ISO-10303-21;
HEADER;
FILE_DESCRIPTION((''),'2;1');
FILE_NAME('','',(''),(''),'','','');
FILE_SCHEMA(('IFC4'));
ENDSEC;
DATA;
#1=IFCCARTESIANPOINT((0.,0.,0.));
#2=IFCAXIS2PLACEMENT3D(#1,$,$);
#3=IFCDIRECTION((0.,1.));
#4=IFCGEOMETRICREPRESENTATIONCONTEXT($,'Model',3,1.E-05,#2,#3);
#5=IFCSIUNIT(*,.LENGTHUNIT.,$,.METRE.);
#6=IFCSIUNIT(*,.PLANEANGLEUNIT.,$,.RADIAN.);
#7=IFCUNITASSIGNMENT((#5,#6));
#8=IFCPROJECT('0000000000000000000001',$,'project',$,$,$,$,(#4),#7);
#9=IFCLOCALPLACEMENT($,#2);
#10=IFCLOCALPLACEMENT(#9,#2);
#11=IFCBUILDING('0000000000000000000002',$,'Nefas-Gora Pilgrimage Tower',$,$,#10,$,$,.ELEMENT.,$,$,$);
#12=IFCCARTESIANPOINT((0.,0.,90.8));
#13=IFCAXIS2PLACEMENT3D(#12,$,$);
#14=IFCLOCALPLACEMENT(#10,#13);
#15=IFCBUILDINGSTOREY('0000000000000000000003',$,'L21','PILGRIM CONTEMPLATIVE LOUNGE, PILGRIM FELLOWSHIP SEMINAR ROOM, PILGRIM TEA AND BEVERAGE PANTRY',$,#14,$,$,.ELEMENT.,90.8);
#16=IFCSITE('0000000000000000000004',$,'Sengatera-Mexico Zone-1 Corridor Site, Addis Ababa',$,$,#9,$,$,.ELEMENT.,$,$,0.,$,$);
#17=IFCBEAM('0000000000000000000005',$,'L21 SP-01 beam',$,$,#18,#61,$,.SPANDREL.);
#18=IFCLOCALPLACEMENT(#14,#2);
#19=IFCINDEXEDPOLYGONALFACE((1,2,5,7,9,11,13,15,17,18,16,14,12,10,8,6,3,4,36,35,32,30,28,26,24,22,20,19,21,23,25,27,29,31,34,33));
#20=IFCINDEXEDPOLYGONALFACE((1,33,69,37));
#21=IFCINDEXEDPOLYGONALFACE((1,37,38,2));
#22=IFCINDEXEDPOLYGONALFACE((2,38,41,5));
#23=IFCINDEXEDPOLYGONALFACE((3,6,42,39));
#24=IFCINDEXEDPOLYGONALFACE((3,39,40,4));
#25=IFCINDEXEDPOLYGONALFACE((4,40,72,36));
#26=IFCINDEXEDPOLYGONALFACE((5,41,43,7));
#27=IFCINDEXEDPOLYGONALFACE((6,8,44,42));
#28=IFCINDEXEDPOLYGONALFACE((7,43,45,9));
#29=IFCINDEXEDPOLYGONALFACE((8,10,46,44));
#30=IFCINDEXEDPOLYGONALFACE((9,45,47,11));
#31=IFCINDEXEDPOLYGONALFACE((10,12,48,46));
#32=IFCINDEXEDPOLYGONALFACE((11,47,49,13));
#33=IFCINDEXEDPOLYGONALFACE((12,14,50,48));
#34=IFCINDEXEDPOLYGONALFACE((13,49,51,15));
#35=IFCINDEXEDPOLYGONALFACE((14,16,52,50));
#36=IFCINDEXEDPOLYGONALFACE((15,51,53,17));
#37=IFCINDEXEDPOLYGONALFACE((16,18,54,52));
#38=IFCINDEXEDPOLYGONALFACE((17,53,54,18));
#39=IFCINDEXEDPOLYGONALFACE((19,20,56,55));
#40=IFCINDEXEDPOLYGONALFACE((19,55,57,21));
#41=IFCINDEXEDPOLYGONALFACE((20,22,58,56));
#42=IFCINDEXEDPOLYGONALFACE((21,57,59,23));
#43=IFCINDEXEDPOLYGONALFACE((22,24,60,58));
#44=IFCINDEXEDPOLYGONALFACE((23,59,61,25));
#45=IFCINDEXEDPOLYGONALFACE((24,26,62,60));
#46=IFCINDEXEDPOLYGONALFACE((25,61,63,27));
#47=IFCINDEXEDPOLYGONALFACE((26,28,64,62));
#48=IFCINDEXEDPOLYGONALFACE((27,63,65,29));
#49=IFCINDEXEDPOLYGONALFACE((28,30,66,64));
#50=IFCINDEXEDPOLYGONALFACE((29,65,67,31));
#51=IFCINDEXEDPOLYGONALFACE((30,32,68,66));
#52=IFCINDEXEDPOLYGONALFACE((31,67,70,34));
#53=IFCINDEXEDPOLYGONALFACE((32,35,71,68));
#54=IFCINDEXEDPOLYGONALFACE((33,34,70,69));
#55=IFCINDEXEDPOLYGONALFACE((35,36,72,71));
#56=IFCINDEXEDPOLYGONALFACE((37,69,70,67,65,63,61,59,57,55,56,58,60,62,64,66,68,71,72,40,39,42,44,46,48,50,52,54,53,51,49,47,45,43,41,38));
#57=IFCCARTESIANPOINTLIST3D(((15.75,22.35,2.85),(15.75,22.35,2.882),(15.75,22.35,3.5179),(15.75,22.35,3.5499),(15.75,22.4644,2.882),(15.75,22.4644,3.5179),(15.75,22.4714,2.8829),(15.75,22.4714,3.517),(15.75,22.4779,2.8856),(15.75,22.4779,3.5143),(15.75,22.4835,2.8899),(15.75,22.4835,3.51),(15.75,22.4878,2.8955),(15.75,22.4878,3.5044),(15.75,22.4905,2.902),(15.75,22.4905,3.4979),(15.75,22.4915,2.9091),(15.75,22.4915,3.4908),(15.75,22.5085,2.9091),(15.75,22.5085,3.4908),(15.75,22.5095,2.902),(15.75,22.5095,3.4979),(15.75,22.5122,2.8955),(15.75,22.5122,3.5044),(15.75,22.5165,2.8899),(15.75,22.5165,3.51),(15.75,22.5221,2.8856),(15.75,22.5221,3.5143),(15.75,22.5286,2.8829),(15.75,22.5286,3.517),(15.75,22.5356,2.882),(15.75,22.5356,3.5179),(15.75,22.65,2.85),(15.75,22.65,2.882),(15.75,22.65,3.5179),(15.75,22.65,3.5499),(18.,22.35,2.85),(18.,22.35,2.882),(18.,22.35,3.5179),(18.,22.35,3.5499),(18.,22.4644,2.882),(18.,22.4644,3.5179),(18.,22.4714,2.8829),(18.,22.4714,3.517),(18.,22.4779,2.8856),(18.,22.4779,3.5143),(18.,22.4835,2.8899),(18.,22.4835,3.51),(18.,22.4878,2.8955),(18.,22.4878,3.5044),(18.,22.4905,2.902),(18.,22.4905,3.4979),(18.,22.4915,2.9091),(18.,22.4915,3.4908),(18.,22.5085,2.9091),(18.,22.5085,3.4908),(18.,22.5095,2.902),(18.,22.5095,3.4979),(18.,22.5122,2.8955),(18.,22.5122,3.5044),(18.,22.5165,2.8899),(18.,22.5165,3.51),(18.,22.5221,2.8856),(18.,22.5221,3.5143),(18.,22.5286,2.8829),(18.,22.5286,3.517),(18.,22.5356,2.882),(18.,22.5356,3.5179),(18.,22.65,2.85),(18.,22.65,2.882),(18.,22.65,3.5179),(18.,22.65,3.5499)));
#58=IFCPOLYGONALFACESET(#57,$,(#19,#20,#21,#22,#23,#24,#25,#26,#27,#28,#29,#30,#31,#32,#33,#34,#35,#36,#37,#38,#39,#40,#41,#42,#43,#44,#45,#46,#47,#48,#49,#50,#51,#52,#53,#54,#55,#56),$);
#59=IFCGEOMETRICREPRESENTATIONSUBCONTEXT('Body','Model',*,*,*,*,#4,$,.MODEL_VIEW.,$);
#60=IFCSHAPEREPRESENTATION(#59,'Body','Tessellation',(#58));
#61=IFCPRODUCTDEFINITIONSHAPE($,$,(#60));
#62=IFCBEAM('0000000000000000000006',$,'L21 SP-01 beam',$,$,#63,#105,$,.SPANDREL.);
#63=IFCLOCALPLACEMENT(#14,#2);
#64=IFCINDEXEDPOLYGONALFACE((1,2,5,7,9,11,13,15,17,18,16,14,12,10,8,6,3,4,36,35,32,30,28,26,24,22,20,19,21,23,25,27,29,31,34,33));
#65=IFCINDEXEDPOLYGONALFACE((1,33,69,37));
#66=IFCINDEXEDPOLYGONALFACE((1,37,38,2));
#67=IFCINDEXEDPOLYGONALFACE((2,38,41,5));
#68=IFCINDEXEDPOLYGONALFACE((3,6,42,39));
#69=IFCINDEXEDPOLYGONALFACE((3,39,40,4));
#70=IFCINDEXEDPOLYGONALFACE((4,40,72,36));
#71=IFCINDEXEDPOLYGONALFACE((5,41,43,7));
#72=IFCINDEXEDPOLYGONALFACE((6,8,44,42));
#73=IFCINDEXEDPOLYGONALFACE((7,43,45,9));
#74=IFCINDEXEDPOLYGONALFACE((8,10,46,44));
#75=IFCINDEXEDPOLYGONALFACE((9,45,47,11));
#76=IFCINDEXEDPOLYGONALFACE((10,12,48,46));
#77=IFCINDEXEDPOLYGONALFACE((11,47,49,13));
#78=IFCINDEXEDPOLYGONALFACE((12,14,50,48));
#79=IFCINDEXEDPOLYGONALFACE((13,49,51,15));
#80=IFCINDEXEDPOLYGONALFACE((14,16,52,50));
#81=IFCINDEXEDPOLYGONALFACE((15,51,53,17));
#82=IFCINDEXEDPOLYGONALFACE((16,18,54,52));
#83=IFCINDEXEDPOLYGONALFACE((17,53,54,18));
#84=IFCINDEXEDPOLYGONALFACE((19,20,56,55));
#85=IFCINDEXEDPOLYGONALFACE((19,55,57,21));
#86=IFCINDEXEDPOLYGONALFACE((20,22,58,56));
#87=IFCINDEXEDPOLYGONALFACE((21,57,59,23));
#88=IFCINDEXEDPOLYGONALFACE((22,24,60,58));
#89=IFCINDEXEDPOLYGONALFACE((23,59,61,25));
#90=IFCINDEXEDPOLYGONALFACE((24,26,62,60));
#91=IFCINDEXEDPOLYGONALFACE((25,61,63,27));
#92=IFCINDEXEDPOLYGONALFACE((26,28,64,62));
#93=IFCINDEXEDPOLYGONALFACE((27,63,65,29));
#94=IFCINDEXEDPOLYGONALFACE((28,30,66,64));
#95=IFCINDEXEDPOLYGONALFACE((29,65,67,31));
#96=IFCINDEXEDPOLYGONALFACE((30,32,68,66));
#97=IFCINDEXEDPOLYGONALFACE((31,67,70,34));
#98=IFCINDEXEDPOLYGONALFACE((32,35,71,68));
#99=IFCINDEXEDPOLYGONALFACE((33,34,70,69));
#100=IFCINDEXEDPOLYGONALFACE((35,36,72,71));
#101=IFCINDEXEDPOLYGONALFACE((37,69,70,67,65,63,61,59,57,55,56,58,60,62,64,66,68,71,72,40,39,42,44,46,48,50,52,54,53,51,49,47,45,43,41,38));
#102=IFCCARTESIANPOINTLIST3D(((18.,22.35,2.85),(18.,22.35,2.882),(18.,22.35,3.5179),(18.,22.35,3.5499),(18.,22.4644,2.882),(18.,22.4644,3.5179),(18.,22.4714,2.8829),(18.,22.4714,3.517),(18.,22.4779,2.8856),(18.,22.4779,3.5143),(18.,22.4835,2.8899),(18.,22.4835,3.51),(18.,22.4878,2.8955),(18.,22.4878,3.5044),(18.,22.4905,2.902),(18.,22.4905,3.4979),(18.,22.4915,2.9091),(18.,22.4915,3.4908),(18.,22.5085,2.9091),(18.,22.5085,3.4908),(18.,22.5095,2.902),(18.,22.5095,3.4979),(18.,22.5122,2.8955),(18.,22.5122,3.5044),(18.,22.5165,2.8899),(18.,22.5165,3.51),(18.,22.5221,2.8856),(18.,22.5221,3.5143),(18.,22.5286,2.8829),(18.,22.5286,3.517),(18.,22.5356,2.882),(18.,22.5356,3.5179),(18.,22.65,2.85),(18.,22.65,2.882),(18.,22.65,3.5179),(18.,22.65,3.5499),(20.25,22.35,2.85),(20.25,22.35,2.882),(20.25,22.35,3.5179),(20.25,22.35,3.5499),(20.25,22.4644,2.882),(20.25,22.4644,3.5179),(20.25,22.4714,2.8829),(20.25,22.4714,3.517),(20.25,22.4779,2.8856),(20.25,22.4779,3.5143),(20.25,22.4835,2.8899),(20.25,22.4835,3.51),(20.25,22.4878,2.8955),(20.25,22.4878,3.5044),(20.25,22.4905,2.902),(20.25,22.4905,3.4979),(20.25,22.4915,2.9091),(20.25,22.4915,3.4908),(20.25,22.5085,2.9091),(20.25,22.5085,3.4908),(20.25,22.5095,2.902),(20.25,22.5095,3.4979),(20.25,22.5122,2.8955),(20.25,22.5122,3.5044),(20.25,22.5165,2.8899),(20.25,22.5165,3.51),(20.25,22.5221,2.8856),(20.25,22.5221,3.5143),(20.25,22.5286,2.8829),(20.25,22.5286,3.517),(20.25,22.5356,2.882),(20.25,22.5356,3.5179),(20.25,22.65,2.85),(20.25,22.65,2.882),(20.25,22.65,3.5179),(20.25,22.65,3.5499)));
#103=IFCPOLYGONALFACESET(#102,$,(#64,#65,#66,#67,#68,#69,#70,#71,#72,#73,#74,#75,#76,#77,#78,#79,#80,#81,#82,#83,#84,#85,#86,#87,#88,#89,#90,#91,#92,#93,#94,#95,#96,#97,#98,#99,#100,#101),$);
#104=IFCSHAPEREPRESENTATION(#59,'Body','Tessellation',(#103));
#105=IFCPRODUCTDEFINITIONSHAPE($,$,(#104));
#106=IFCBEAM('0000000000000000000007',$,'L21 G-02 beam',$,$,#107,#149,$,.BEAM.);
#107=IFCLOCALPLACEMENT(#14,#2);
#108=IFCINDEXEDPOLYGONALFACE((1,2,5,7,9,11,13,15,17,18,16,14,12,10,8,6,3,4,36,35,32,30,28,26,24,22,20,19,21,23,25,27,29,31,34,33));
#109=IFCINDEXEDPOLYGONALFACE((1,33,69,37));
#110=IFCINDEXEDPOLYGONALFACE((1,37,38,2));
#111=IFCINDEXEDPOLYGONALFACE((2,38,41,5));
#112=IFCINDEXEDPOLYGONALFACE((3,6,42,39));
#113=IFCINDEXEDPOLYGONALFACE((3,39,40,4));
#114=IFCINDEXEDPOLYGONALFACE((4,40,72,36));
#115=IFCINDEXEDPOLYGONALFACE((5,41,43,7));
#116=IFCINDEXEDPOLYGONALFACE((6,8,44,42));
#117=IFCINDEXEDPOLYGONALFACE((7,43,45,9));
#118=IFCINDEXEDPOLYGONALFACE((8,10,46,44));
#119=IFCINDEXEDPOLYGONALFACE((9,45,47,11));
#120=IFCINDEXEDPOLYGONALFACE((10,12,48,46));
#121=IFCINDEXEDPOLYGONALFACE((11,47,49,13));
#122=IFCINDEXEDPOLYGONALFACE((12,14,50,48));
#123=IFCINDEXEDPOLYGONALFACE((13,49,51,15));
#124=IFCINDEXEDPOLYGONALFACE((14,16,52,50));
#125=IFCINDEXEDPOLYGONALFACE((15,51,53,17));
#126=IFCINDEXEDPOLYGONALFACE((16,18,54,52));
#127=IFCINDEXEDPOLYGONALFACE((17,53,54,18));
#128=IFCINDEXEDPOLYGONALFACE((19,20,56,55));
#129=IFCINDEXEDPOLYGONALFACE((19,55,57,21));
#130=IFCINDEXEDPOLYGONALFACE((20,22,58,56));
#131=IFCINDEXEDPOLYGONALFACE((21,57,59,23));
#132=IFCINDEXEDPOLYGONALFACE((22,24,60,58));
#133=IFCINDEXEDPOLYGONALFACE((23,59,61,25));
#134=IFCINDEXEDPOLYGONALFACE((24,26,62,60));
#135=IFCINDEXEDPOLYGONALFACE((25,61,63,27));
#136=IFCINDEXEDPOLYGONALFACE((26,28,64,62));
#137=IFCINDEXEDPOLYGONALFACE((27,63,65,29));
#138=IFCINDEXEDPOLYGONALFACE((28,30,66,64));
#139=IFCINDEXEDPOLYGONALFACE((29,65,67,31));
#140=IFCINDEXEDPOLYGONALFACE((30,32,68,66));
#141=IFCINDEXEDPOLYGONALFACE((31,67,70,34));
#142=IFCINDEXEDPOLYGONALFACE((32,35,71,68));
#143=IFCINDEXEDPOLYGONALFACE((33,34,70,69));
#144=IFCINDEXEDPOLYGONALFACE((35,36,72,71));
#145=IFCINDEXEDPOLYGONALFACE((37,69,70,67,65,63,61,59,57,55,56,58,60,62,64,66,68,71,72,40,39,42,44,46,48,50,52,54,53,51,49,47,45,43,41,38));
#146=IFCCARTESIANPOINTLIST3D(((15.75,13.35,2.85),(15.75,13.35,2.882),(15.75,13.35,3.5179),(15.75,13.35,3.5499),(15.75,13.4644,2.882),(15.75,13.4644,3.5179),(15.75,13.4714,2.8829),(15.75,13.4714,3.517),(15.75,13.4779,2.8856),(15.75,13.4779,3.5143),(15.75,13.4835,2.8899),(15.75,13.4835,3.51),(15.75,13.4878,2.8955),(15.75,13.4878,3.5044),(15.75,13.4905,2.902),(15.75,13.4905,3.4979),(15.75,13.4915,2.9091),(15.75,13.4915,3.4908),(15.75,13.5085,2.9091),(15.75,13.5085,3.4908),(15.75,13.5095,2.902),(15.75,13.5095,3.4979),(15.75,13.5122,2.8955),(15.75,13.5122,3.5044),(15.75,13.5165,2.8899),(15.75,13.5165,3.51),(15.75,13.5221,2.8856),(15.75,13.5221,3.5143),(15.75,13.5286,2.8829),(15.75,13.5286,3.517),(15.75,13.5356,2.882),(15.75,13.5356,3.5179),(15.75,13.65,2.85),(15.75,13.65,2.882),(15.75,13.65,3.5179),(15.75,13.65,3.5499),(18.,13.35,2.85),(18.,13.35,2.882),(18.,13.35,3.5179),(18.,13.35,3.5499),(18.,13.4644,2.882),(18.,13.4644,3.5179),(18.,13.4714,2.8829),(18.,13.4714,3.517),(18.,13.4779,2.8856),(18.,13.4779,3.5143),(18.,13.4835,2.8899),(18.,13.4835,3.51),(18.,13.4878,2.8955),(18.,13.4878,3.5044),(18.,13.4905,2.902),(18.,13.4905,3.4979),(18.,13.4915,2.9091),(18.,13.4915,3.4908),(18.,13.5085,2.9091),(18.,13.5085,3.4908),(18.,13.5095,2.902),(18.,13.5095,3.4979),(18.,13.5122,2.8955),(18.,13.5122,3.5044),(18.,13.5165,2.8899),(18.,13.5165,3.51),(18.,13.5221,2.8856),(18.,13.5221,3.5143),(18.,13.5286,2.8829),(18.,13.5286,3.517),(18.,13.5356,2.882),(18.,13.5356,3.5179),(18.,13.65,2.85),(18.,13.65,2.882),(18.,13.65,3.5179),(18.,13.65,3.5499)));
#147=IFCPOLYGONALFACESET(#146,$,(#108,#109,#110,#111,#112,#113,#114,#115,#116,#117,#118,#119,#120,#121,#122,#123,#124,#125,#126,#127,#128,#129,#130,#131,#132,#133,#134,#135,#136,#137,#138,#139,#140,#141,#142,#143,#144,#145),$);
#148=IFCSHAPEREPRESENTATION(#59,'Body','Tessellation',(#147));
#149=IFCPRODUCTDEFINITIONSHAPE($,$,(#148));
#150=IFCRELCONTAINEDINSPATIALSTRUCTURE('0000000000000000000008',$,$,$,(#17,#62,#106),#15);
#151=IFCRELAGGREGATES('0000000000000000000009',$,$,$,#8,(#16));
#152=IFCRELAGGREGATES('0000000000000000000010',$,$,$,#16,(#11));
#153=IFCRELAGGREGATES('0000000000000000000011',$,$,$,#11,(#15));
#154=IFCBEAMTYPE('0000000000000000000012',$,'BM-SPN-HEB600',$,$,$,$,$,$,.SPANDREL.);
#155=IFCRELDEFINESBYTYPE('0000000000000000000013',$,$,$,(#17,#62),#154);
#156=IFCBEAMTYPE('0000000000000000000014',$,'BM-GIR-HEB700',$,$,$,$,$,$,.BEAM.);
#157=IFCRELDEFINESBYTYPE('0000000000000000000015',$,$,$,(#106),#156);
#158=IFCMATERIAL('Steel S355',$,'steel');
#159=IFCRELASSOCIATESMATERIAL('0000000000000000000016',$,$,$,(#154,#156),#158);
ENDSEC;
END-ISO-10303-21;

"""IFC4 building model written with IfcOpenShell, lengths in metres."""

from ifc_helpers import new_model, si_unit, direction, frame, origin, origin_2d, place, context, subcontext, project, spatial, i_section, extrude, source, transform, mapped, material, material_profile, profile_set, type_object, element, save


model = new_model("IFC4")

# Units and contexts
model_context = context("Model", 3, precision=1e-05, world=origin(), true_north=direction((0.0, 1.0)))
body_context = subcontext(model_context, "Body", "Model", "MODEL_VIEW")
ifc_project = project(units=[si_unit("LENGTHUNIT", "METRE"), si_unit("PLANEANGLEUNIT", "RADIAN")], contexts=[model_context])

# Site, building, storey
site_placement = place(None, origin())
site = spatial("IfcSite", under=ifc_project, at=site_placement, Name="Sengatera-Mexico Zone-1 Corridor Site, Addis Ababa", CompositionType="ELEMENT", RefElevation=0.0)
building_placement = place(site_placement, origin())
building = spatial("IfcBuilding", under=site, at=building_placement, Name="Nefas-Gora Pilgrimage Tower", CompositionType="ELEMENT")
storey_placement = place(building_placement, frame((0.0, 0.0, 90.8)))
storey = spatial("IfcBuildingStorey", under=building, at=storey_placement, Name="L21", Description="PILGRIM CONTEMPLATIVE LOUNGE, PILGRIM FELLOWSHIP SEMINAR ROOM, PILGRIM TEA AND BEVERAGE PANTRY", CompositionType="ELEMENT", Elevation=90.8)

# Beams
ifc_material_1 = material(Name="Steel S355", Category="steel")
ifc_material_profile_1 = material_profile(ifc_material_1, i_section(OverallWidth=0.3, OverallDepth=0.7, WebThickness=0.0171, FlangeThickness=0.032, FilletRadius=0.0271, at=origin_2d()), Name="HEB 700")
ifc_profile_set_1 = profile_set([ifc_material_profile_1], Name="Steel S355")
beam_type_1 = type_object("IfcBeamType", Name="BM-SPN-HEB600", PredefinedType="SPANDREL", material=ifc_profile_set_1)
ifc_material_profile_2 = material_profile(ifc_material_1, i_section(OverallWidth=0.3, OverallDepth=0.7, WebThickness=0.0171, FlangeThickness=0.032, FilletRadius=0.0271, at=origin_2d()), Name="HEB 700")
ifc_profile_set_2 = profile_set([ifc_material_profile_2], Name="Steel S355")
beam_type_2 = type_object("IfcBeamType", Name="BM-GIR-HEB700", PredefinedType="BEAM", material=ifc_profile_set_2)
shared_shape_1 = source(origin(), body_context, "Body", "SweptSolid", [
    extrude(i_section(OverallWidth=0.3, OverallDepth=0.7, WebThickness=0.0171, FlangeThickness=0.032, FilletRadius=0.0271, at=origin_2d()), origin(), (0.0, 0.0, 1.0), 2.25),
])
for number, where, z_axis, x_axis, name in (
    (1, (15.75, 22.5, 3.2), (1.0, 0.0, 0.0), (0.0, 1.0, 0.0), "L21 SP-01 beam"),
    (2, (18.0, 22.5, 3.2), (1.0, 0.0, 0.0), (0.0, 1.0, 0.0), "L21 SP-01 beam"),
):
    element("IfcBeam", number, at=place(storey_placement, frame(where, z_axis=z_axis, x_axis=x_axis)), inside=storey, type_object=beam_type_1, Name=name, PredefinedType="SPANDREL", context=body_context, shape_type="MappedRepresentation", body=[
        mapped(shared_shape_1, transform((0.0, 0.0, 0.0), x_axis=(1.0, 0.0, 0.0), y_axis=(0.0, 1.0, 0.0), z_axis=(0.0, 0.0, 1.0), scale=1.0)),
    ])
shared_shape_2 = source(origin(), body_context, "Body", "SweptSolid", [
    extrude(i_section(OverallWidth=0.3, OverallDepth=0.7, WebThickness=0.0171, FlangeThickness=0.032, FilletRadius=0.0271, at=origin_2d()), origin(), (0.0, 0.0, 1.0), 2.25),
])
beam_1_placement = place(storey_placement, frame((15.75, 13.5, 3.2), z_axis=(1.0, 0.0, 0.0), x_axis=(0.0, 1.0, 0.0)))
element("IfcBeam", 3, at=beam_1_placement, inside=storey, type_object=beam_type_2, Name="L21 G-02 beam", PredefinedType="BEAM", context=body_context, shape_type="MappedRepresentation", body=[
    mapped(shared_shape_2, transform((0.0, 0.0, 0.0), x_axis=(1.0, 0.0, 0.0), y_axis=(0.0, 1.0, 0.0), z_axis=(0.0, 0.0, 1.0), scale=1.0)),
])

save(model, "model.ifc")
